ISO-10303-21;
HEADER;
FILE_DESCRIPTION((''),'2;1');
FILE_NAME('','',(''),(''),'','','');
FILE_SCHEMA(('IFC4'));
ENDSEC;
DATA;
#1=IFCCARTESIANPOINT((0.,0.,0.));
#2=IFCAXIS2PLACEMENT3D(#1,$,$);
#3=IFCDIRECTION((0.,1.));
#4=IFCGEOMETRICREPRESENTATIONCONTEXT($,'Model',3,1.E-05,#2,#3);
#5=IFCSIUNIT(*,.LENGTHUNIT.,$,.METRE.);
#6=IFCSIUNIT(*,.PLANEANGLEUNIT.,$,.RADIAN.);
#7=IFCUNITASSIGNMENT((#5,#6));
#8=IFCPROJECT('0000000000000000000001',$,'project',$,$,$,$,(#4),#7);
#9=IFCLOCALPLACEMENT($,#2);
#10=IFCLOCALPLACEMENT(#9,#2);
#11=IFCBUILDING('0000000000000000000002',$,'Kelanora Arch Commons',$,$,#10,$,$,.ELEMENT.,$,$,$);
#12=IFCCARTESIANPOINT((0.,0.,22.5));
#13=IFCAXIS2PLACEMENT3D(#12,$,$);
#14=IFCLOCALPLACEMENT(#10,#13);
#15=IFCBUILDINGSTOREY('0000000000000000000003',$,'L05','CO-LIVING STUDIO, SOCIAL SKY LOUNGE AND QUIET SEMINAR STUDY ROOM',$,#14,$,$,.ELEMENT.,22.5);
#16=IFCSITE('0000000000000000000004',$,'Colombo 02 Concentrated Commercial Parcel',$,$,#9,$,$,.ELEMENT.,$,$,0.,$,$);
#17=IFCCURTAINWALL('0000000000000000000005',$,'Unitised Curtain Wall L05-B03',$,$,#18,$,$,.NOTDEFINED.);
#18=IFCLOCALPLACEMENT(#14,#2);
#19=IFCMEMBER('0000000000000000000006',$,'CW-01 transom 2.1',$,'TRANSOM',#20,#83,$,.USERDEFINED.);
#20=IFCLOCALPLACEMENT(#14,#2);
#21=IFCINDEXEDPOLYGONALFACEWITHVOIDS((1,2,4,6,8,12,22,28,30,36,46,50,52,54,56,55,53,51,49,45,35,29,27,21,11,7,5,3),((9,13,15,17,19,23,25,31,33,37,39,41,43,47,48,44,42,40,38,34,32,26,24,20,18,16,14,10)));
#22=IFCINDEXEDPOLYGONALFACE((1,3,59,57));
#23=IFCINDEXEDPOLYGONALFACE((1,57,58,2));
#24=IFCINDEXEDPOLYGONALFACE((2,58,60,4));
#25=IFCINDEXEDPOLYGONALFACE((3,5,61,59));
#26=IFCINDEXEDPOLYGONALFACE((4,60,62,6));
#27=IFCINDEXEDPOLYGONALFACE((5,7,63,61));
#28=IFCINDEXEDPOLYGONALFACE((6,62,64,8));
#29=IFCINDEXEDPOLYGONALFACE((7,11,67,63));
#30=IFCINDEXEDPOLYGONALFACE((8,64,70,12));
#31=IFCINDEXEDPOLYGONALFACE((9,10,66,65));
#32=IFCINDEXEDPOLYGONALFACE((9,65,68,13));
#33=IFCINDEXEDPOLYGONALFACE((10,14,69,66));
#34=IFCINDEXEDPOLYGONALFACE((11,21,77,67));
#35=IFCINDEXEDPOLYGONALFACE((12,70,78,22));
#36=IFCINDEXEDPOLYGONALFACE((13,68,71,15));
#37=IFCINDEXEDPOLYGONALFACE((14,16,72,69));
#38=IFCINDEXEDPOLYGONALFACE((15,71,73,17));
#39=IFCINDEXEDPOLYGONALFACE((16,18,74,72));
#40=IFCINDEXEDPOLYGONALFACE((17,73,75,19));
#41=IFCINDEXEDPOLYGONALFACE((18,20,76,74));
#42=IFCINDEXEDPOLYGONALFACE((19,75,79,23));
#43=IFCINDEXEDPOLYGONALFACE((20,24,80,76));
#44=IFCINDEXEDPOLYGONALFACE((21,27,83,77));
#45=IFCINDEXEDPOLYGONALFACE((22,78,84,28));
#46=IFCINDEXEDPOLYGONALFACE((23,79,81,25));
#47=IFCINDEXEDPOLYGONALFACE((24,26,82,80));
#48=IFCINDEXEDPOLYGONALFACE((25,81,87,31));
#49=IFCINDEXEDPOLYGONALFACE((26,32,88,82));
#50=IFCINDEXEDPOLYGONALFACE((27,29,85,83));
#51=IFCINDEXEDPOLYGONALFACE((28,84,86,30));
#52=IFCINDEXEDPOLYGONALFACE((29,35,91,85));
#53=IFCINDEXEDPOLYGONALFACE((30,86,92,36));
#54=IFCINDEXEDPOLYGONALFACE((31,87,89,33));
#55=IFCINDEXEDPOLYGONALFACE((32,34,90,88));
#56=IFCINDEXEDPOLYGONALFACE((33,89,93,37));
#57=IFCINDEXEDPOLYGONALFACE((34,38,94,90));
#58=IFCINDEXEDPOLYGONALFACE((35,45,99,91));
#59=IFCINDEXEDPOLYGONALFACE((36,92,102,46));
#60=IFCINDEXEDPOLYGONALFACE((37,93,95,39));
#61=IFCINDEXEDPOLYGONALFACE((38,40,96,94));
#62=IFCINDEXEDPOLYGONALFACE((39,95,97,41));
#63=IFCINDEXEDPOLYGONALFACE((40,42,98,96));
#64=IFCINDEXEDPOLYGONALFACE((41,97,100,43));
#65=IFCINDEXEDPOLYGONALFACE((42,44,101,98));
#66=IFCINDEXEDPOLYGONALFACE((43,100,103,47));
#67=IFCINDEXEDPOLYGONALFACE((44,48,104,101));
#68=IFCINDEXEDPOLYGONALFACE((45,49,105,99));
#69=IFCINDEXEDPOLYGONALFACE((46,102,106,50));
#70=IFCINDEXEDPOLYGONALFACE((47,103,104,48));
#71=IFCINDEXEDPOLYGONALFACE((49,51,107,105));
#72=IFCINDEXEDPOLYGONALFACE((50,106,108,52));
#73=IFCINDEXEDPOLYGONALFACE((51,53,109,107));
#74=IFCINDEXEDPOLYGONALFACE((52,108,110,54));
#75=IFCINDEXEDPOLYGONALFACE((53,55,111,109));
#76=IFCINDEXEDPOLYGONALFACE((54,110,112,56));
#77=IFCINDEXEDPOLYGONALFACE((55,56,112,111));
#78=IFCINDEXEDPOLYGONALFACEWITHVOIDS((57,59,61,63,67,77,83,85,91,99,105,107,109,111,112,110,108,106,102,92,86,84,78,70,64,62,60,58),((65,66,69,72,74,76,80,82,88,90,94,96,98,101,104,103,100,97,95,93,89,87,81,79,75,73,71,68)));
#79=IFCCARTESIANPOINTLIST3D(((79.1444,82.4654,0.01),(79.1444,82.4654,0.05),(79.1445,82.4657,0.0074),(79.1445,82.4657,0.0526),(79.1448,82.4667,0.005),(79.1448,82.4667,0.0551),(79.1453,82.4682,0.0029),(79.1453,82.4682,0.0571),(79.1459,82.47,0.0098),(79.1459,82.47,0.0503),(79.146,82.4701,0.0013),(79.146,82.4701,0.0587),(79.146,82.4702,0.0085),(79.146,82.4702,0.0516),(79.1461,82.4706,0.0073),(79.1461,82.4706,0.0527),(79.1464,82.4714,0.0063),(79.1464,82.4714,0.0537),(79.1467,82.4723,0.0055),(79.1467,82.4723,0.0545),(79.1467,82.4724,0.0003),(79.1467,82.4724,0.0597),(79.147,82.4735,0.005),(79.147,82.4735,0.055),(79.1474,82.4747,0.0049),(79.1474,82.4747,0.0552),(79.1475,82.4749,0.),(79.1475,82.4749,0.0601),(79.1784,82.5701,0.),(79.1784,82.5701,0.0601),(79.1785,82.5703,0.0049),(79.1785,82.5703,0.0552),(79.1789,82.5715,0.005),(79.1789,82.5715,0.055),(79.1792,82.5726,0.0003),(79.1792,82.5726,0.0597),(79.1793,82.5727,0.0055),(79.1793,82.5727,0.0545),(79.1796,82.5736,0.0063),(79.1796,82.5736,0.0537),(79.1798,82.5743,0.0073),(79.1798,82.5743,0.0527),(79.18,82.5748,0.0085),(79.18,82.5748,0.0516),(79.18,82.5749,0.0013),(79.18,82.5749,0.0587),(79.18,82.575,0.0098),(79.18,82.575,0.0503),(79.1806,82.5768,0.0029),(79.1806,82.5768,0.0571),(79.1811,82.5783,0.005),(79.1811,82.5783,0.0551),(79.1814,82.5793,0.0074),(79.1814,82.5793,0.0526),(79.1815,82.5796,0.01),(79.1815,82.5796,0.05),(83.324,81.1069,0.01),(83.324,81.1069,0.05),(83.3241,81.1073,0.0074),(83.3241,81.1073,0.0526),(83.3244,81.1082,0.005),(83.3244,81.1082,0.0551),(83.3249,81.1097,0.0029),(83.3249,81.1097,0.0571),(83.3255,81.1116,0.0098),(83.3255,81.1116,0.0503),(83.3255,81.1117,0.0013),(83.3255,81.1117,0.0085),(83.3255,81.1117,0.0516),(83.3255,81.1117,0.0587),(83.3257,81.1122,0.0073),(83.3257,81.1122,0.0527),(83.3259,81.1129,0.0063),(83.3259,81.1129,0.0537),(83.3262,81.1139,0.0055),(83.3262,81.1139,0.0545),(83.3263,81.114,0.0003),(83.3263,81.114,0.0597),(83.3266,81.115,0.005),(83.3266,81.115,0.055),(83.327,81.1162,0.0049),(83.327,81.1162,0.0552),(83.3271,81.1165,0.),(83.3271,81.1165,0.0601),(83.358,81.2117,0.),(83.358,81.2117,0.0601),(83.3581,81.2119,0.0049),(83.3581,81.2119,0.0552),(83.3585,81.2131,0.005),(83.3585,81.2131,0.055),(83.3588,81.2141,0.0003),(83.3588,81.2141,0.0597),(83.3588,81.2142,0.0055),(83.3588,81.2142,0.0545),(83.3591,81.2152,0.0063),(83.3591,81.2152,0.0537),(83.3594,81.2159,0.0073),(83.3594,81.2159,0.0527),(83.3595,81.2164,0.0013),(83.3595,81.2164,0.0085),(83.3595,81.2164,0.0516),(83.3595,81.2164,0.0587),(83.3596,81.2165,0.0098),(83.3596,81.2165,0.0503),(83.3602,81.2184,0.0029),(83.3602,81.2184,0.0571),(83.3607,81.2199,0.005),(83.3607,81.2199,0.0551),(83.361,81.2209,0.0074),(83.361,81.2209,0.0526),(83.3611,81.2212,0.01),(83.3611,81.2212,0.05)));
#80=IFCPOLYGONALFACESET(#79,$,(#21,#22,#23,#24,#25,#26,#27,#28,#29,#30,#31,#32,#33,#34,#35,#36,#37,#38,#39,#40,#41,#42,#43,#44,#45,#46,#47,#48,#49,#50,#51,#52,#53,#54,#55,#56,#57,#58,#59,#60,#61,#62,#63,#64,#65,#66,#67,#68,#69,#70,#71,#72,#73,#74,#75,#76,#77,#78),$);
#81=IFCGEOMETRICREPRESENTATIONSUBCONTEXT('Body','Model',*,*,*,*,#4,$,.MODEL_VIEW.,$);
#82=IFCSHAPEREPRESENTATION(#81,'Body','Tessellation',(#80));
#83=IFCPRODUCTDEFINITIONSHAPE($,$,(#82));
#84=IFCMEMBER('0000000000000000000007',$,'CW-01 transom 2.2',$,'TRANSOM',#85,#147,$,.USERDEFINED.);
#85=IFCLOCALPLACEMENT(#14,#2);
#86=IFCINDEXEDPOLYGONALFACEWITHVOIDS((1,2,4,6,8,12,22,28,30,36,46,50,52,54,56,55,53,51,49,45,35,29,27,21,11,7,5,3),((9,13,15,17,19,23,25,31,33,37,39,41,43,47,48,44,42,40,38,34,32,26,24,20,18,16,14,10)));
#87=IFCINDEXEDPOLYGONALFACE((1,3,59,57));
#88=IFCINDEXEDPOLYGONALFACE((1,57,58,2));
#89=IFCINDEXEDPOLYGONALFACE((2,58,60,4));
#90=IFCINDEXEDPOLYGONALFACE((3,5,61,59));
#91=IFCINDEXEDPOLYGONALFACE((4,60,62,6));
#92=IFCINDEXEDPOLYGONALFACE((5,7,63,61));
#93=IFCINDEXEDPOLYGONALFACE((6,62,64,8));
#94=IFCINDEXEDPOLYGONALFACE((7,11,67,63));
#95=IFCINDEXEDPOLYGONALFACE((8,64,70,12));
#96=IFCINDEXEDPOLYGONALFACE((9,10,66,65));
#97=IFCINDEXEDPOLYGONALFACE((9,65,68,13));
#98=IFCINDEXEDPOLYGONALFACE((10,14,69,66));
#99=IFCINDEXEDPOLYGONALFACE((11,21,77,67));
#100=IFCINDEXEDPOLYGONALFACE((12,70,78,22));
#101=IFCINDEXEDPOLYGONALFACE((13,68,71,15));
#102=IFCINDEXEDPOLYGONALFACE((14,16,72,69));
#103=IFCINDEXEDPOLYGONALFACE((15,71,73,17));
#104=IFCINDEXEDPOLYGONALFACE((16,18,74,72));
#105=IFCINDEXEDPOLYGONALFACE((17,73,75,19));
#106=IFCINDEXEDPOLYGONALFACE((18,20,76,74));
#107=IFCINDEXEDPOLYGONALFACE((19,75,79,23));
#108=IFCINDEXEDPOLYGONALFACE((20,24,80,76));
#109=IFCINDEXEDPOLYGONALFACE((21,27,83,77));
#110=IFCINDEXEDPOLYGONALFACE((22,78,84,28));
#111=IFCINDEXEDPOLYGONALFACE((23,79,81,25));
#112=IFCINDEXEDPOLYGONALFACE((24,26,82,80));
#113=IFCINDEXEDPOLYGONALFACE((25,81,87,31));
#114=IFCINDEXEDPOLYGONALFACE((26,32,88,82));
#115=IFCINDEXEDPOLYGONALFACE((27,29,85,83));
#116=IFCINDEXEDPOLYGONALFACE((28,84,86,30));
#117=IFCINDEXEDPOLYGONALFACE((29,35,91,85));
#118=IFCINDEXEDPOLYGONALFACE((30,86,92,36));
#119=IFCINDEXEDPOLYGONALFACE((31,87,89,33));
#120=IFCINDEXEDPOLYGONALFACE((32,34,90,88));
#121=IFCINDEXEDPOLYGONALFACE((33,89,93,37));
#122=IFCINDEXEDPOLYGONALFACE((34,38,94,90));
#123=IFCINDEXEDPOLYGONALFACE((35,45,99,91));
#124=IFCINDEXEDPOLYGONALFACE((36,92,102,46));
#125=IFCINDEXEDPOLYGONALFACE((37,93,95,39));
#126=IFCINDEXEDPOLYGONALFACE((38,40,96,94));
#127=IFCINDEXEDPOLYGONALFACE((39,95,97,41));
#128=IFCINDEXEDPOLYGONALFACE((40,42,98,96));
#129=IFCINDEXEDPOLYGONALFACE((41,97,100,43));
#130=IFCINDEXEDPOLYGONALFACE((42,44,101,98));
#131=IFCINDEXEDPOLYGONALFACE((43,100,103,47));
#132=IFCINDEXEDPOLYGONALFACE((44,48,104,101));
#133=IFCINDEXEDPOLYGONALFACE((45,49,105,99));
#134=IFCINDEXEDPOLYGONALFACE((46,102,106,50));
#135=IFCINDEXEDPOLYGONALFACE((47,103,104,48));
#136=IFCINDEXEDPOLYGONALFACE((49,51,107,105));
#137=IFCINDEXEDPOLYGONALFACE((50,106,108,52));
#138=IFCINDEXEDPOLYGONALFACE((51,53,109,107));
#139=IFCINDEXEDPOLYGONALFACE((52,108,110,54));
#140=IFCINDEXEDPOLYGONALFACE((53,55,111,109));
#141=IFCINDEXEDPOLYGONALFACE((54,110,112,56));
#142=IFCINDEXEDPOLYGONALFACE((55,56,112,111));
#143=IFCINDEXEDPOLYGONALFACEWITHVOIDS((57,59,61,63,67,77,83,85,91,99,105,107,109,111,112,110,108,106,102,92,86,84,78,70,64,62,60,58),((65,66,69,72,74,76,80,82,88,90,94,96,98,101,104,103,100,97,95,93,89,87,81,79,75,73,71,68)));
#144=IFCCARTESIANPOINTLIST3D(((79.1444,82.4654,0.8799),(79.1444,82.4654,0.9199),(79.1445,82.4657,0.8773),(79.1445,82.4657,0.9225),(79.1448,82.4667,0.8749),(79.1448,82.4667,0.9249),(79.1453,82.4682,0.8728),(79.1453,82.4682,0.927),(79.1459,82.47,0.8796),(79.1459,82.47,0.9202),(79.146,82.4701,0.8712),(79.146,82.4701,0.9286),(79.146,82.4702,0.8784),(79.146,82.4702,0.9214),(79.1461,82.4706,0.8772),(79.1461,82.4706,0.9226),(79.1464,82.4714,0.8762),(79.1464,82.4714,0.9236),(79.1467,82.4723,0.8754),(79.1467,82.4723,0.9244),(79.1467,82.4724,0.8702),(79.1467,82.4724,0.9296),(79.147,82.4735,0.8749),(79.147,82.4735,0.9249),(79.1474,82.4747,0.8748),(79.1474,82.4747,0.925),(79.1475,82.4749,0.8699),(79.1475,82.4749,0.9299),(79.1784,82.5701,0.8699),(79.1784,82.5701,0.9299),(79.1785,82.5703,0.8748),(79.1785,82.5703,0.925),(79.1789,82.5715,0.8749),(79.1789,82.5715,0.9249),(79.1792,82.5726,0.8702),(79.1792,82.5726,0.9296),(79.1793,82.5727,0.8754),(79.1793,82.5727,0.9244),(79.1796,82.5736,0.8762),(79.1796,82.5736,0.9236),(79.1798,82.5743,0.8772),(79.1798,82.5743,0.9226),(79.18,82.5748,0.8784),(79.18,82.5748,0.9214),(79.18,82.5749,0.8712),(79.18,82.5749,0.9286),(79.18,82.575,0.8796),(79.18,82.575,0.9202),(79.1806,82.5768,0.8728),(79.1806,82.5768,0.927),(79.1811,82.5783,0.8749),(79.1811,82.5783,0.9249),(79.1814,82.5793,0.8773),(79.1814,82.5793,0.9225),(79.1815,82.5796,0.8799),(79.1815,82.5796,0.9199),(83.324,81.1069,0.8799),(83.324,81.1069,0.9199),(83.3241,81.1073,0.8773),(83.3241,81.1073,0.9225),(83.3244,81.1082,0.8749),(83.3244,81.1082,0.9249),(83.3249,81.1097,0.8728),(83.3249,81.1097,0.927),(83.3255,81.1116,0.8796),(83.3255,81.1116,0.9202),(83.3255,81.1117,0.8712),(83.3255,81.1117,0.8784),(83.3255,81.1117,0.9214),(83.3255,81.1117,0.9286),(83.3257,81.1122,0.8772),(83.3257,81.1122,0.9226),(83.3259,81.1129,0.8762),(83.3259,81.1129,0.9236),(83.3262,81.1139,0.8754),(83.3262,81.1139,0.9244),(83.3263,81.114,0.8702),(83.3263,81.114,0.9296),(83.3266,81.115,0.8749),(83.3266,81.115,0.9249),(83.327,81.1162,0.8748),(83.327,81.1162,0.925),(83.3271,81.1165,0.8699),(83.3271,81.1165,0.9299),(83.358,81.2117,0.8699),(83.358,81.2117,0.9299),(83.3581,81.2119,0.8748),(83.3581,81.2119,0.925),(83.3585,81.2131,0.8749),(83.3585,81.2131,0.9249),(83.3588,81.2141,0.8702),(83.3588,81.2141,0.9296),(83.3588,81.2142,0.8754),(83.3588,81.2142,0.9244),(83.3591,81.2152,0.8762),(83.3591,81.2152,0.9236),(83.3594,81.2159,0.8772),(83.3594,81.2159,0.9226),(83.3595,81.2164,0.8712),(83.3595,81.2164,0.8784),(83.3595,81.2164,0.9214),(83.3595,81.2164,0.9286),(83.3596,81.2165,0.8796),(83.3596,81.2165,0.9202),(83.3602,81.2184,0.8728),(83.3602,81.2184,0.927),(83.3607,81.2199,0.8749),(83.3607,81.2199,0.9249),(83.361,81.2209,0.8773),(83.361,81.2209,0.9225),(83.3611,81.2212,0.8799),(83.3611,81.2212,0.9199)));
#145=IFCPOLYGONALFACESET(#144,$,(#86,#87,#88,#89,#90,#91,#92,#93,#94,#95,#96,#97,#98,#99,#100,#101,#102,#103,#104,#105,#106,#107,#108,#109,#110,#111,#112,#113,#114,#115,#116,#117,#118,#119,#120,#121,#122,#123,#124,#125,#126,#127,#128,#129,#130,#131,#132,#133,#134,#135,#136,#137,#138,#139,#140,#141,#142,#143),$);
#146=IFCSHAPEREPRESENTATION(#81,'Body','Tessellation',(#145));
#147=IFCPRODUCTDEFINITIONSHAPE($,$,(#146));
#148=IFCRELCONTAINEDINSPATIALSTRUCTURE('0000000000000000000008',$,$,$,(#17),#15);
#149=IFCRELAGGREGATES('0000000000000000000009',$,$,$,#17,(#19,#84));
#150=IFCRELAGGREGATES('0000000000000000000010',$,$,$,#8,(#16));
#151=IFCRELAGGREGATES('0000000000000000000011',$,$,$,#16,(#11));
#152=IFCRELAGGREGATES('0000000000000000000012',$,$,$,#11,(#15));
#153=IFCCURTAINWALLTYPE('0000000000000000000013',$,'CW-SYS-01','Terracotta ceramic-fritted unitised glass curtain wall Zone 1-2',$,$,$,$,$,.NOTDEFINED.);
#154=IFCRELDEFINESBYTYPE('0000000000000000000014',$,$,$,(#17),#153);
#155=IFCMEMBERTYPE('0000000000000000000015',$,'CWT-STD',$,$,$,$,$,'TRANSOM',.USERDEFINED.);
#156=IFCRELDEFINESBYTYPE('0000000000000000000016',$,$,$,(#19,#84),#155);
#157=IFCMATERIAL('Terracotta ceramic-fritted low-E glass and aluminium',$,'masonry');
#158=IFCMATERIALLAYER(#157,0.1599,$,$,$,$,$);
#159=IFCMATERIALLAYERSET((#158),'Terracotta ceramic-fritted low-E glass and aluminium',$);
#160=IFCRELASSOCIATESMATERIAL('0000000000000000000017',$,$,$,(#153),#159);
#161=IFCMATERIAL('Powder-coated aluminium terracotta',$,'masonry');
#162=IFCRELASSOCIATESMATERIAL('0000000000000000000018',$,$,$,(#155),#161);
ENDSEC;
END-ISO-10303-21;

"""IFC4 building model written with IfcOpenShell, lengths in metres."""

from ifc_helpers import new_model, si_unit, direction, frame, origin, origin_2d, place, context, subcontext, project, spatial, hollow_rectangle, extrude, material, layer, layer_set, material_profile, profile_set, type_object, element, aggregate, save


model = new_model("IFC4")

# Units and contexts
model_context = context("Model", 3, precision=1e-05, world=origin(), true_north=direction((0.0, 1.0)))
body_context = subcontext(model_context, "Body", "Model", "MODEL_VIEW")
ifc_project = project(units=[si_unit("LENGTHUNIT", "METRE"), si_unit("PLANEANGLEUNIT", "RADIAN")], contexts=[model_context])

# Site, building, storey
site_placement = place(None, origin())
site = spatial("IfcSite", under=ifc_project, at=site_placement, Name="Colombo 02 Concentrated Commercial Parcel", CompositionType="ELEMENT", RefElevation=0.0)
building_placement = place(site_placement, origin())
building = spatial("IfcBuilding", under=site, at=building_placement, Name="Kelanora Arch Commons", CompositionType="ELEMENT")
storey_placement = place(building_placement, frame((0.0, 0.0, 22.5)))
storey = spatial("IfcBuildingStorey", under=building, at=storey_placement, Name="L05", Description="CO-LIVING STUDIO, SOCIAL SKY LOUNGE AND QUIET SEMINAR STUDY ROOM", CompositionType="ELEMENT", Elevation=22.5)

# Curtain wall, members
ifc_material_1 = material(Name="Terracotta ceramic-fritted low-E glass and aluminium", Category="masonry")
ifc_layer_1 = layer(ifc_material_1, 0.1599)
ifc_layer_set_1 = layer_set([ifc_layer_1], Name="Terracotta ceramic-fritted low-E glass and aluminium")
curtain_wall_type = type_object("IfcCurtainWallType", Name="CW-SYS-01", Description="Terracotta ceramic-fritted unitised glass curtain wall Zone 1-2", PredefinedType="NOTDEFINED", material=ifc_layer_set_1)
curtain_wall_placement = place(storey_placement, origin())
curtain_wall = element("IfcCurtainWall", 1, at=curtain_wall_placement, inside=storey, type_object=curtain_wall_type, Name="Unitised Curtain Wall L05-B03", PredefinedType="NOTDEFINED")
ifc_material_2 = material(Name="Powder-coated aluminium terracotta", Category="masonry")
ifc_material_profile_1 = material_profile(ifc_material_2, hollow_rectangle(XDim=0.1201, YDim=0.0601, WallThickness=0.0049, InnerFilletRadius=0.0049, OuterFilletRadius=0.01, at=origin_2d()), Name="CWT120x60")
ifc_profile_set_1 = profile_set([ifc_material_profile_1], Name="Powder-coated aluminium terracotta")
member_type_1 = type_object("IfcMemberType", Name="CWT-STD", ElementType="TRANSOM", PredefinedType="USERDEFINED", material=ifc_profile_set_1)
member_1_placement = place(storey_placement, frame((83.3425, 81.1641, 0.03), z_axis=(-0.951029, 0.309102, 0.0), x_axis=(-0.309102, -0.951029, 0.0)))
member_1 = element("IfcMember", 2, at=member_1_placement, type_object=member_type_1, Name="CW-01 transom 2.1", ObjectType="TRANSOM", PredefinedType="USERDEFINED", context=body_context, shape_type="SweptSolid", body=[
    extrude(hollow_rectangle(XDim=0.1201, YDim=0.0601, WallThickness=0.0049, InnerFilletRadius=0.0049, OuterFilletRadius=0.01, at=origin_2d()), origin(), (0.0, 0.0, 1.0), 4.3948),
])
member_2_placement = place(storey_placement, frame((83.3425, 81.1641, 0.8999), z_axis=(-0.951029, 0.309102, 0.0), x_axis=(-0.309102, -0.951029, 0.0)))
member_2 = element("IfcMember", 3, at=member_2_placement, type_object=member_type_1, Name="CW-01 transom 2.2", ObjectType="TRANSOM", PredefinedType="USERDEFINED", context=body_context, shape_type="SweptSolid", body=[
    extrude(hollow_rectangle(XDim=0.1201, YDim=0.0601, WallThickness=0.0049, InnerFilletRadius=0.0049, OuterFilletRadius=0.01, at=origin_2d()), origin(), (0.0, 0.0, 1.0), 4.3948),
])
aggregate(curtain_wall, [member_1, member_2])

save(model, "model.ifc")
